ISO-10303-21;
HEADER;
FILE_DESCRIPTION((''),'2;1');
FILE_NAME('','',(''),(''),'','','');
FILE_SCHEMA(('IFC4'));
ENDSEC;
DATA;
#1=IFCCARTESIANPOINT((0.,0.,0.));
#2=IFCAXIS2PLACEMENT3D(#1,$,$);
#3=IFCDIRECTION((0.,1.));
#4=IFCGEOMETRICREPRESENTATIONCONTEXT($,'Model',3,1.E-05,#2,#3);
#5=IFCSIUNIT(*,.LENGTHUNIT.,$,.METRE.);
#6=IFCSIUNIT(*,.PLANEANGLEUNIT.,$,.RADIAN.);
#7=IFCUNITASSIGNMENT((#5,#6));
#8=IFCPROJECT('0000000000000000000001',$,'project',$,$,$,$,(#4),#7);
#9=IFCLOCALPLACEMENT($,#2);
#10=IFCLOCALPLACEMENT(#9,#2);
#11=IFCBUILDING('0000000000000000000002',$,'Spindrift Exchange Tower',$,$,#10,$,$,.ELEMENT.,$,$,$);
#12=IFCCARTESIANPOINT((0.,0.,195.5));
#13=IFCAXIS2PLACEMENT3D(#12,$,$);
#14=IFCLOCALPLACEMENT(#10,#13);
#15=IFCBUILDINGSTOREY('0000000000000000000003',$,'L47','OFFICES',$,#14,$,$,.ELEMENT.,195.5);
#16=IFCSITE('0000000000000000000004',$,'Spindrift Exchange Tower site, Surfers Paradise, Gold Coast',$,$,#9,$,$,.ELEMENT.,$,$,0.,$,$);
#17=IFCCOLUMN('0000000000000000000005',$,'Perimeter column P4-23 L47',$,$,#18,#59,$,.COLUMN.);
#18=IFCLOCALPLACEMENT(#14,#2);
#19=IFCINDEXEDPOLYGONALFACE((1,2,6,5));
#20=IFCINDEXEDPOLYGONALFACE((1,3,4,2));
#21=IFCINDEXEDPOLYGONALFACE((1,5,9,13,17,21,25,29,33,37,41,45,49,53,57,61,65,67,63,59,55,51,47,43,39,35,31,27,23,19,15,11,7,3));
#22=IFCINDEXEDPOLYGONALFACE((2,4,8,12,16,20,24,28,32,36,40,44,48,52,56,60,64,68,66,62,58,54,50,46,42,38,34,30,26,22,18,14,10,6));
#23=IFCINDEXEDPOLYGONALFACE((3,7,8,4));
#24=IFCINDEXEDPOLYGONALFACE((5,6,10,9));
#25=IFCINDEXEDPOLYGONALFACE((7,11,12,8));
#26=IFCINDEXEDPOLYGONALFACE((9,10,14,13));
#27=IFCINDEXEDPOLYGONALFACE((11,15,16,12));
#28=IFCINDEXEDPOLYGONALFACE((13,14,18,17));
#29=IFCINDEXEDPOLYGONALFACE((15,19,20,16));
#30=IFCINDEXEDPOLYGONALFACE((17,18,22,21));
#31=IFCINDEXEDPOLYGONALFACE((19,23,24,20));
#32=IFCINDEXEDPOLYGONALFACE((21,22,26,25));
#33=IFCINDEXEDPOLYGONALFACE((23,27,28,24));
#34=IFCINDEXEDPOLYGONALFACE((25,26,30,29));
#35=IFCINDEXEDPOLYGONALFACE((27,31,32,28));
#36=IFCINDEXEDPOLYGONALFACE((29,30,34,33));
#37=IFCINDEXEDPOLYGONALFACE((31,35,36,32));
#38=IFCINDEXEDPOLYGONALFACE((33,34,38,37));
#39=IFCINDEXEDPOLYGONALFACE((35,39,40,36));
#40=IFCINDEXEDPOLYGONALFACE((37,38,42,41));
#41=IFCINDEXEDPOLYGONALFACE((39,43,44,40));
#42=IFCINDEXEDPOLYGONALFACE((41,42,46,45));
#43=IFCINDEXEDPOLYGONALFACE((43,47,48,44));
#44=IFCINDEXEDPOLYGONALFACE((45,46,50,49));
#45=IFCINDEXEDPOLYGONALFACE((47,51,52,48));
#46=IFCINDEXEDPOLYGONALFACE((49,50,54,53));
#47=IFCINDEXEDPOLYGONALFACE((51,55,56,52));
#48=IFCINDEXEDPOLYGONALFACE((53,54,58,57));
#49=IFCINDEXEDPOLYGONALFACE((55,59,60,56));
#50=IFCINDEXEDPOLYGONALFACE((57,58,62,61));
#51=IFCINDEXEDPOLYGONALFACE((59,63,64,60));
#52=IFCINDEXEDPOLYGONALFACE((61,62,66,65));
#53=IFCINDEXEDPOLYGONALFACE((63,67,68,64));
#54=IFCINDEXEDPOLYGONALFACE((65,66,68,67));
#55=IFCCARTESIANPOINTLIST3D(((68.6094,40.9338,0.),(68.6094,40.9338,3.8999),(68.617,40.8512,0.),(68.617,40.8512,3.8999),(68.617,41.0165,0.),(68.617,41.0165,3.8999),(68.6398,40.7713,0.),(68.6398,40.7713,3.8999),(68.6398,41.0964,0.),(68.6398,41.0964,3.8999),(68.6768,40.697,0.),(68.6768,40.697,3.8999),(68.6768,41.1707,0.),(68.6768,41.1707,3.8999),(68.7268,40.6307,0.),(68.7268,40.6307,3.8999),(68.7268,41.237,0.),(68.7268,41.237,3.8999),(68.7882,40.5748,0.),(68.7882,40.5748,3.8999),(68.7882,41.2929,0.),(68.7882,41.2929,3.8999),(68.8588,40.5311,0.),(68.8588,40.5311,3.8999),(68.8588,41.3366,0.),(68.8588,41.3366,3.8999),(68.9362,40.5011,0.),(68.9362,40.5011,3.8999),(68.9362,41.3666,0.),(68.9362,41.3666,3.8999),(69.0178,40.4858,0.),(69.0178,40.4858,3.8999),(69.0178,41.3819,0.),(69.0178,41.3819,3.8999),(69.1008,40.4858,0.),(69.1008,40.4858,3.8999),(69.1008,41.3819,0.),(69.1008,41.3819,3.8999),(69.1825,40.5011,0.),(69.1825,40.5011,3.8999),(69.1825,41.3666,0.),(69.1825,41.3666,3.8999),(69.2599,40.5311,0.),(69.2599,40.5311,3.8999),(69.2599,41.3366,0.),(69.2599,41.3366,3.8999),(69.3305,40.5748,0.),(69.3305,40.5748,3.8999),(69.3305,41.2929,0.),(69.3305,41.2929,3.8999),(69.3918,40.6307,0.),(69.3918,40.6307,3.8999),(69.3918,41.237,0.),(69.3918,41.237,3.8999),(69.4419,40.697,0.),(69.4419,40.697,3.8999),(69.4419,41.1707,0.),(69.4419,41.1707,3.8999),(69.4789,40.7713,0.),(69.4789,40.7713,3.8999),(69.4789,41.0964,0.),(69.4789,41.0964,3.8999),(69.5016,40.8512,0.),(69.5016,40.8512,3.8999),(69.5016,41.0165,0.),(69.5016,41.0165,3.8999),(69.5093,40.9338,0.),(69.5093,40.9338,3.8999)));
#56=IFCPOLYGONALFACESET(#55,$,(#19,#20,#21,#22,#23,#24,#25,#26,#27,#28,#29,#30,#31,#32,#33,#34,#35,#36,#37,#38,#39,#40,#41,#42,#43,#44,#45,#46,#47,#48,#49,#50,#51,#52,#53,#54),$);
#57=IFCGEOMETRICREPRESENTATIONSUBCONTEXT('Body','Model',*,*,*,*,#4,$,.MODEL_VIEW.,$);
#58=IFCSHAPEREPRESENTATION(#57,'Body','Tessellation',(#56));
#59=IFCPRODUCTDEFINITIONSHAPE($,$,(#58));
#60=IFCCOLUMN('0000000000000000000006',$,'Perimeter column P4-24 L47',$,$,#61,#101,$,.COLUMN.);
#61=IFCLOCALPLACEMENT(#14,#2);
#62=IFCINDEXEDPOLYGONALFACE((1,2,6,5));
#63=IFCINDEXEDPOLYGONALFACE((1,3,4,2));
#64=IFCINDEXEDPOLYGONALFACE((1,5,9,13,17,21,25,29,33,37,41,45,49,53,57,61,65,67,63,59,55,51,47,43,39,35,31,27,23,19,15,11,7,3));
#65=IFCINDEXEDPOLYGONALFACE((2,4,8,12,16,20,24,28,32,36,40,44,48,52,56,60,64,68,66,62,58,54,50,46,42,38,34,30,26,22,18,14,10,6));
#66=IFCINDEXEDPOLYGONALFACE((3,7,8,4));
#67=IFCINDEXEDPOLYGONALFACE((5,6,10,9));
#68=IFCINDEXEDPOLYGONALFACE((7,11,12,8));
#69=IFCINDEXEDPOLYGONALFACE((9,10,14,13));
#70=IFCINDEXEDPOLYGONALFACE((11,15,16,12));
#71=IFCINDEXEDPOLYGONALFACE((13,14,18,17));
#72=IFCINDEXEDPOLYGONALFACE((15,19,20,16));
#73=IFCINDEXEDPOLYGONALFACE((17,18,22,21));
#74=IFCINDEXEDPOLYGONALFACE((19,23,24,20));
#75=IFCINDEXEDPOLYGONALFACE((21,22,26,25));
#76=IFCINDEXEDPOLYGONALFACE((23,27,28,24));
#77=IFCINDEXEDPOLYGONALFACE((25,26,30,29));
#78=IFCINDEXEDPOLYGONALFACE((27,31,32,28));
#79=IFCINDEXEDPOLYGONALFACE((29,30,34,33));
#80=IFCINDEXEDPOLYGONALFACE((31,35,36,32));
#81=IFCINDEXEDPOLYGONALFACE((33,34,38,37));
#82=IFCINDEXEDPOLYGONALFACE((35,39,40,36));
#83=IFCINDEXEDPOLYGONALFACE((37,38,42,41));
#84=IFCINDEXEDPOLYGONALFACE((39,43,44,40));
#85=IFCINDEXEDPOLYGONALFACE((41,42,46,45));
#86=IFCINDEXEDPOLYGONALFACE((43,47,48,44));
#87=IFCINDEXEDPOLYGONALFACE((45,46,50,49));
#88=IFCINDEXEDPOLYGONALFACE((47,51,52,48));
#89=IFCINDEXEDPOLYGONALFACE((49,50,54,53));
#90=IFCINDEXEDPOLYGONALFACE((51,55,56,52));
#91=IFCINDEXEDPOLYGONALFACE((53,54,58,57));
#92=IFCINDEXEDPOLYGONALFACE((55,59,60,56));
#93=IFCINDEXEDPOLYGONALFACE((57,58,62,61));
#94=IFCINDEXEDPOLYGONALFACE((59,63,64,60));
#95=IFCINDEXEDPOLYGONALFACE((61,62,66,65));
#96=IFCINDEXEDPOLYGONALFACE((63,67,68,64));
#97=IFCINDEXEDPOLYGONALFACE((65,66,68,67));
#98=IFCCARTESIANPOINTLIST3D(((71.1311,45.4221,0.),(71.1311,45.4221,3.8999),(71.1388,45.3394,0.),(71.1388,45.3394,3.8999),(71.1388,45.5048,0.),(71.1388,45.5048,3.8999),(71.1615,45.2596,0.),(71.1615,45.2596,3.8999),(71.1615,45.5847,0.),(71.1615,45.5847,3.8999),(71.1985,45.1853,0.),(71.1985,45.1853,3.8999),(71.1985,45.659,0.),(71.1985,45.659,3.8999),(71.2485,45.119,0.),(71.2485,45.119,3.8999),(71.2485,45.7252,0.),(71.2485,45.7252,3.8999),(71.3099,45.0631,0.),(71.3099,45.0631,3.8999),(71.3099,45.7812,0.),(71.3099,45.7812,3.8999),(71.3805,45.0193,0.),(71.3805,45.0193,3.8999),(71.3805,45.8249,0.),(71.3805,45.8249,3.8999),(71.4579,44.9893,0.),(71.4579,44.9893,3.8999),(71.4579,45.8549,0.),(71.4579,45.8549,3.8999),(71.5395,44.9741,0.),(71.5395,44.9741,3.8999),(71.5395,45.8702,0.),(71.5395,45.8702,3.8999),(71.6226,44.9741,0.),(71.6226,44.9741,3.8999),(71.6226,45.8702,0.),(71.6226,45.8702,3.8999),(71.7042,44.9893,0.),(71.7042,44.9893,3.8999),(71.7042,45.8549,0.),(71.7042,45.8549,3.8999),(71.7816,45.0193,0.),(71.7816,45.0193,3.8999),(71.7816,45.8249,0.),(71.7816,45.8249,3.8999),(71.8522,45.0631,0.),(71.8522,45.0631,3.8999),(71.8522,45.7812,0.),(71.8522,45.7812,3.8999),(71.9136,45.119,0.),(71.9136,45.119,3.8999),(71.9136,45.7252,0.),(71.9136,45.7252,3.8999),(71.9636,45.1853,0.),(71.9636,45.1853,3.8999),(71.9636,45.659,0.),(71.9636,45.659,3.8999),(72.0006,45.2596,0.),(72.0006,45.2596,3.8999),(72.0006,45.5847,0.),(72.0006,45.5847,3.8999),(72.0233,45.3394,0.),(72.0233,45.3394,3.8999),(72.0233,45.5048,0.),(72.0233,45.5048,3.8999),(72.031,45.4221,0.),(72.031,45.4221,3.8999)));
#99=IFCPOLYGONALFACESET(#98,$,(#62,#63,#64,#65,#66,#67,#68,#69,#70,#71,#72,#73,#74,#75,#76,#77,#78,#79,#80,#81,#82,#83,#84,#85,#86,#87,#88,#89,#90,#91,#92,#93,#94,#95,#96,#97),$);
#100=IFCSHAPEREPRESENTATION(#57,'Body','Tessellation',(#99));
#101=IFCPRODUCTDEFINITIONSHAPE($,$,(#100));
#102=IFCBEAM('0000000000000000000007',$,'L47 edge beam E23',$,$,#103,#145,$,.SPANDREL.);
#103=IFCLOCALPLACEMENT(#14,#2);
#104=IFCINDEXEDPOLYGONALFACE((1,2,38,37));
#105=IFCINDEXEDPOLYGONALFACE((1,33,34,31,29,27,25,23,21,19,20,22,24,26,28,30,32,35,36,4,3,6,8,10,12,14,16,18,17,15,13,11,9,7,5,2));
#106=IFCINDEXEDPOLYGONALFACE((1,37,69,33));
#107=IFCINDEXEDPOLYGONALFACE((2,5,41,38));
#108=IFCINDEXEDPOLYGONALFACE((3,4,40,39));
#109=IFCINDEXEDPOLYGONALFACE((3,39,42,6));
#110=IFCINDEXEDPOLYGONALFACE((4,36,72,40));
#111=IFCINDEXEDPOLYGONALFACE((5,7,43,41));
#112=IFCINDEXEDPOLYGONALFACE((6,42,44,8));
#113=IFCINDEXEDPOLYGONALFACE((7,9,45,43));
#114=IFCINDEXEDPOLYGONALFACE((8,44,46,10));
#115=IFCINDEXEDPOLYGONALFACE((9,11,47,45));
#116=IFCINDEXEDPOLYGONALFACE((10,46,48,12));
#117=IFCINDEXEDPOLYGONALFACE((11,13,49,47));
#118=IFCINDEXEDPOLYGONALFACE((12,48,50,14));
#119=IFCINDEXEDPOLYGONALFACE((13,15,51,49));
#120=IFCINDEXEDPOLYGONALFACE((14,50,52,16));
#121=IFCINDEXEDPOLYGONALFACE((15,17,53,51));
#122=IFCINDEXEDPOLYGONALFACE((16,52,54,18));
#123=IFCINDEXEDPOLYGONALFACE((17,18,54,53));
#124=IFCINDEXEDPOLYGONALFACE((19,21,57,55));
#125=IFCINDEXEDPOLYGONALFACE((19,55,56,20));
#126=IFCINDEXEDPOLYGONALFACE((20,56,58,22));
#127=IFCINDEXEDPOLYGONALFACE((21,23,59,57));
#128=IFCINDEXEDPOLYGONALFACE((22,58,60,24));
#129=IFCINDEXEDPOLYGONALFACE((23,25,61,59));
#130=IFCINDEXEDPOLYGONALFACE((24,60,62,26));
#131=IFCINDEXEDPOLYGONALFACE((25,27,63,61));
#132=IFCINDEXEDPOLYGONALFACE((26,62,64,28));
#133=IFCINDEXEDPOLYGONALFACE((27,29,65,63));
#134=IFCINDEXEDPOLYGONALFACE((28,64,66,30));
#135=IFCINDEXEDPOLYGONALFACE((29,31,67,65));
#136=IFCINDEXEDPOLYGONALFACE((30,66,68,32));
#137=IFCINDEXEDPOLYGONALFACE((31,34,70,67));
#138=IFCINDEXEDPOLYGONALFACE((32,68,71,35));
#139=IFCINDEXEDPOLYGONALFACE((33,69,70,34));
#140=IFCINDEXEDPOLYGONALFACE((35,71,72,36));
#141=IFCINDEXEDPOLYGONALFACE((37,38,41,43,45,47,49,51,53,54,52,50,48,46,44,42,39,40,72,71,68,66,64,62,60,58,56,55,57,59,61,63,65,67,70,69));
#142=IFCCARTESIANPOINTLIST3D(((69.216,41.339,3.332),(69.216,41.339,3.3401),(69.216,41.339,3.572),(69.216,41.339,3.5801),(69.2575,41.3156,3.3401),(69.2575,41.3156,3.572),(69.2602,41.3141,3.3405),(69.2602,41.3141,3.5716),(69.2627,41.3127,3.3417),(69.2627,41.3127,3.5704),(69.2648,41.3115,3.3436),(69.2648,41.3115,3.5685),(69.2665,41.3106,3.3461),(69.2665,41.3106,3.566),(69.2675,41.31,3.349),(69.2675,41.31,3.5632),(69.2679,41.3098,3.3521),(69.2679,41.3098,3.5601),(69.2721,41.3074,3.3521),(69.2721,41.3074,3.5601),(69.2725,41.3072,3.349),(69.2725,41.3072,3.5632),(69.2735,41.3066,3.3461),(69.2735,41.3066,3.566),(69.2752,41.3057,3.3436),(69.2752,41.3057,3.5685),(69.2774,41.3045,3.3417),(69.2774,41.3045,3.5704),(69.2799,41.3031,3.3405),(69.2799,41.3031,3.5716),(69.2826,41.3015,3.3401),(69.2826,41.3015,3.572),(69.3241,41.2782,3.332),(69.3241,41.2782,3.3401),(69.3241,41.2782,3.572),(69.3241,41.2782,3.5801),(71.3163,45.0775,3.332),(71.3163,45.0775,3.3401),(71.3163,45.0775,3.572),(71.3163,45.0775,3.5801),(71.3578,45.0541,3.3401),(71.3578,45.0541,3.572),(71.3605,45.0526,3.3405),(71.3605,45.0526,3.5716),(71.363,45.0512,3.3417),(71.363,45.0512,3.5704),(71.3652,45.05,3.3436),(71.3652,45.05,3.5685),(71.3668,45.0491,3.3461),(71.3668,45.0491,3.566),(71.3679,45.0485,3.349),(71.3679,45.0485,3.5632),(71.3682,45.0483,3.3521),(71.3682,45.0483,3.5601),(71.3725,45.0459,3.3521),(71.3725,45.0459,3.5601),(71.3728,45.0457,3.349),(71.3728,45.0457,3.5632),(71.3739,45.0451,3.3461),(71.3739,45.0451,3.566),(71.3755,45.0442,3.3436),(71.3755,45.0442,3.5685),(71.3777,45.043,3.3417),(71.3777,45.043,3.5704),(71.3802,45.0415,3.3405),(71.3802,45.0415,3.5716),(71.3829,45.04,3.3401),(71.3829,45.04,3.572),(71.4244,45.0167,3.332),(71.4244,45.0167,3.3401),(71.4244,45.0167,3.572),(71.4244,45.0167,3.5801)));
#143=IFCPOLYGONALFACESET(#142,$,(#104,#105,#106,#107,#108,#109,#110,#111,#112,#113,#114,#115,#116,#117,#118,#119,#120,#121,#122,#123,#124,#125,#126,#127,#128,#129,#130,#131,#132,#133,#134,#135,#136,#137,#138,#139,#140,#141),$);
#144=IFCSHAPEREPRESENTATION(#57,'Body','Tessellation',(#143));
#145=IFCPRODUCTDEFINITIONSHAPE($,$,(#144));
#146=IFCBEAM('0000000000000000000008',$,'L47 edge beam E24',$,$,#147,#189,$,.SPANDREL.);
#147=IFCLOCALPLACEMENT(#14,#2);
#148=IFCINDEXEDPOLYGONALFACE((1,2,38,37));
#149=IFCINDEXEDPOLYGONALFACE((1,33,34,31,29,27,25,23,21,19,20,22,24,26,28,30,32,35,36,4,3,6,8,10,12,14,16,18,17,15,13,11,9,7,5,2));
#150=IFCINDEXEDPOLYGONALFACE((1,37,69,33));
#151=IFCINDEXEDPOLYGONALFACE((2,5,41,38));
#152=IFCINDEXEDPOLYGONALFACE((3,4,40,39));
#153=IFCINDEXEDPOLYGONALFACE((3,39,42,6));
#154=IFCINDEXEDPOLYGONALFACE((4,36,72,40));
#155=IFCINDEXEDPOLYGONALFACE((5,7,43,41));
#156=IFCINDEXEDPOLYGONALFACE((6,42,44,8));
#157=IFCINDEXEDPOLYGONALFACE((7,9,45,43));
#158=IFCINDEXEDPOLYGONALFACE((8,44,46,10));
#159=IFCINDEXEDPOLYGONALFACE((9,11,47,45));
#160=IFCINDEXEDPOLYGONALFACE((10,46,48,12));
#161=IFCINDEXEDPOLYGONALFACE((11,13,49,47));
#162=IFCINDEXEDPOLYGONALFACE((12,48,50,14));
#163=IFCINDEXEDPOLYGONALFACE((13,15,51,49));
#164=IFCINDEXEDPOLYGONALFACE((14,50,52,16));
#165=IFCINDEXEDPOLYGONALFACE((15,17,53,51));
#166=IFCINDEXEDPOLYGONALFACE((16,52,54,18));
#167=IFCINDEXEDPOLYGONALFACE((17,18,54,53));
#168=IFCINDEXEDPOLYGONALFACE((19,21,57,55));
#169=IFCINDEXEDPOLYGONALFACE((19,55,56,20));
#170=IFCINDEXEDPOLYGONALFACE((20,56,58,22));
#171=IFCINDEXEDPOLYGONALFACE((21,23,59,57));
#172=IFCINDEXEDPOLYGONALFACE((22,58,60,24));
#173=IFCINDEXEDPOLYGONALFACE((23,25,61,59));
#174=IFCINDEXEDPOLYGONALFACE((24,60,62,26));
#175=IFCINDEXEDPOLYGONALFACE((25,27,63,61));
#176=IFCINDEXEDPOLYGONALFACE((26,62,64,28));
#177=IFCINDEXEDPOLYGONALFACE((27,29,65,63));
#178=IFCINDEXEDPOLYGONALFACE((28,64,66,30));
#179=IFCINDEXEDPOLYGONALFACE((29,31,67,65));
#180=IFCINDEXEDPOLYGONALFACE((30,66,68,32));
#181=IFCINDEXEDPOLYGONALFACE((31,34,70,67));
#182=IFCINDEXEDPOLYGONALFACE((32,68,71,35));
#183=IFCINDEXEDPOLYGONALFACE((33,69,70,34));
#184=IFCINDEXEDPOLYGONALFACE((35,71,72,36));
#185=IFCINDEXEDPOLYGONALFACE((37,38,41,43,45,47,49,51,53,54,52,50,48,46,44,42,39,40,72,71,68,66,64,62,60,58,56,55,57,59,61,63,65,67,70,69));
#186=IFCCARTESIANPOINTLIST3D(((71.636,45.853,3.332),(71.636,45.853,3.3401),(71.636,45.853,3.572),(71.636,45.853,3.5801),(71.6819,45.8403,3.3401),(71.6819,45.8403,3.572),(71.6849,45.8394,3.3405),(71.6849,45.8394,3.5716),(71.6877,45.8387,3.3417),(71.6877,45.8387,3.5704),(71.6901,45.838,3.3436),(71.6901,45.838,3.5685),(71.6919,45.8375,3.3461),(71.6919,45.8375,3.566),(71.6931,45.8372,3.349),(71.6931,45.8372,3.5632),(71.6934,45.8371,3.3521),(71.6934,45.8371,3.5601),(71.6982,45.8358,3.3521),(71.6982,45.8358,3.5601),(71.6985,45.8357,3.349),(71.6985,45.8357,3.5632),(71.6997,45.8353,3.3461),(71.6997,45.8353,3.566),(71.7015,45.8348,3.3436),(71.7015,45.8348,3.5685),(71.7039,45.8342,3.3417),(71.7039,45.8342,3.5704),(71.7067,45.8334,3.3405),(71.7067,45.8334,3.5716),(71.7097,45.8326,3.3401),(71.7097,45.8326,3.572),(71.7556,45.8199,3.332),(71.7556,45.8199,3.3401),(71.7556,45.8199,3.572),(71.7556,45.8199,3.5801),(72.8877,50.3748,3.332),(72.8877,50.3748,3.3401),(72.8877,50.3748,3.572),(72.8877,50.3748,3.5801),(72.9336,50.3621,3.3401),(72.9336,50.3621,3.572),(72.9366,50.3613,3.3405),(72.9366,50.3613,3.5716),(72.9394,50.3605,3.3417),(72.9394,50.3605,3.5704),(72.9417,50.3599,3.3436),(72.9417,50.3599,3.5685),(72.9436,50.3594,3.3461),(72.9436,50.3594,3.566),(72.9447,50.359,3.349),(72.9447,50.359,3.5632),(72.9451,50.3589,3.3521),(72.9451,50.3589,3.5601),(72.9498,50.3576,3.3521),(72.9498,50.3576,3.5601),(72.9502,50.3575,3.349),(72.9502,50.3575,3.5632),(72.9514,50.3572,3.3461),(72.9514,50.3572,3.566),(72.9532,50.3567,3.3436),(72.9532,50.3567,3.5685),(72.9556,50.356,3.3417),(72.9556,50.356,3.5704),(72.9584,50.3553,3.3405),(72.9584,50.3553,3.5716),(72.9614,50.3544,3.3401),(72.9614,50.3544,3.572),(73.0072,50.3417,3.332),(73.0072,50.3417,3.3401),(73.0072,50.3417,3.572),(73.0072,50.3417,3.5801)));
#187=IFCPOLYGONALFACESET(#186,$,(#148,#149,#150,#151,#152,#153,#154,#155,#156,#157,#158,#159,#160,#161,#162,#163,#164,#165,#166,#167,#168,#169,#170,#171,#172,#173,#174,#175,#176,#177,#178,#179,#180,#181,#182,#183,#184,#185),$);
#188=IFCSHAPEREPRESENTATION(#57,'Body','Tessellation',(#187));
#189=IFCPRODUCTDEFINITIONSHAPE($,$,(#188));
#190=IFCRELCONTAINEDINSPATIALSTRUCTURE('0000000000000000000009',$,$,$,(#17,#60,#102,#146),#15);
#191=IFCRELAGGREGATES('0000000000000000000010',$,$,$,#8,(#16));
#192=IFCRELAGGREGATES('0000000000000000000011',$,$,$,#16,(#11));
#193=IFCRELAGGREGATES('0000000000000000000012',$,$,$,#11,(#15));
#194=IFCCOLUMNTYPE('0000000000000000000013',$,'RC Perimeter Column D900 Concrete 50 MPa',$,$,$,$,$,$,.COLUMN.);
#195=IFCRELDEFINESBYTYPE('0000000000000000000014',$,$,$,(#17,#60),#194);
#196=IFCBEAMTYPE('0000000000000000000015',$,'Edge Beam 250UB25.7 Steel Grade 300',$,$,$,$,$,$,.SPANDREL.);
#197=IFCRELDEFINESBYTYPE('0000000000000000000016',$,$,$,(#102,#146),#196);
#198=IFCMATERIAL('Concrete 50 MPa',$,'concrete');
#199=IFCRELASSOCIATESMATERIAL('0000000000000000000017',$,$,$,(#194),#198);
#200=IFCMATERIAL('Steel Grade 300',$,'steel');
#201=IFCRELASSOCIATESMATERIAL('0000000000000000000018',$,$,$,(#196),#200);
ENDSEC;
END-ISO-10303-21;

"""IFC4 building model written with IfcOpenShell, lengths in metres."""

from ifc_helpers import new_model, si_unit, direction, frame, origin, origin_2d, place, context, subcontext, project, spatial, circle, i_section, extrude, source, transform, mapped, material, material_profile, profile_set, type_object, element, save


model = new_model("IFC4")

# Units and contexts
model_context = context("Model", 3, precision=1e-05, world=origin(), true_north=direction((0.0, 1.0)))
body_context = subcontext(model_context, "Body", "Model", "MODEL_VIEW")
ifc_project = project(units=[si_unit("LENGTHUNIT", "METRE"), si_unit("PLANEANGLEUNIT", "RADIAN")], contexts=[model_context])

# Site, building, storey
site_placement = place(None, origin())
site = spatial("IfcSite", under=ifc_project, at=site_placement, Name="Spindrift Exchange Tower site, Surfers Paradise, Gold Coast", CompositionType="ELEMENT", RefElevation=0.0)
building_placement = place(site_placement, origin())
building = spatial("IfcBuilding", under=site, at=building_placement, Name="Spindrift Exchange Tower", CompositionType="ELEMENT")
storey_placement = place(building_placement, frame((0.0, 0.0, 195.5)))
storey = spatial("IfcBuildingStorey", under=building, at=storey_placement, Name="L47", Description="OFFICES", CompositionType="ELEMENT", Elevation=195.5)

# Columns
ifc_material_1 = material(Name="Concrete 50 MPa", Category="concrete")
ifc_material_profile_1 = material_profile(ifc_material_1, circle(Radius=0.45, at=origin_2d()), Name="RC D900")
ifc_profile_set_1 = profile_set([ifc_material_profile_1], Name="Concrete 50 MPa")
column_type = type_object("IfcColumnType", Name="RC Perimeter Column D900 Concrete 50 MPa", PredefinedType="COLUMN", material=ifc_profile_set_1)
shared_shape_1 = source(origin(), body_context, "Body", "SweptSolid", [
    extrude(circle(Radius=0.45, at=origin_2d()), origin(), (0.0, 0.0, 1.0), 3.8999),
])
for number, where, z_axis, x_axis, name in (
    (1, (69.0593, 40.9338, 0.0), (0.0, 0.0, 1.0), (1.0, 0.0, 0.0), "Perimeter column P4-23 L47"),
    (2, (71.5811, 45.4221, 0.0), (0.0, 0.0, 1.0), (1.0, 0.0, 0.0), "Perimeter column P4-24 L47"),
):
    element("IfcColumn", number, at=place(storey_placement, frame(where, z_axis=z_axis, x_axis=x_axis)), inside=storey, type_object=column_type, Name=name, PredefinedType="COLUMN", context=body_context, shape_type="MappedRepresentation", body=[
        mapped(shared_shape_1, transform((0.0, 0.0, 0.0), scale=1.0)),
    ])

# Beams
ifc_material_2 = material(Name="Steel Grade 300", Category="steel")
ifc_material_profile_2 = material_profile(ifc_material_2, i_section(OverallWidth=0.124, OverallDepth=0.248, WebThickness=0.0049, FlangeThickness=0.0081, FilletRadius=0.012, at=origin_2d()), Name="250UB25.7")
ifc_profile_set_2 = profile_set([ifc_material_profile_2], Name="Steel Grade 300")
beam_type_1 = type_object("IfcBeamType", Name="Edge Beam 250UB25.7 Steel Grade 300", PredefinedType="SPANDREL", material=ifc_profile_set_2)
shared_shape_2 = source(origin(), body_context, "Body", "SweptSolid", [
    extrude(i_section(OverallWidth=0.124, OverallDepth=0.248, WebThickness=0.0049, FlangeThickness=0.0081, FilletRadius=0.012, at=origin_2d()), origin(), (0.0, 0.0, 1.0), 4.2881),
])
beam_1_placement = place(storey_placement, frame((69.27, 41.3086, 3.4561), z_axis=(0.489804, 0.871832, 0.0), x_axis=(-0.871832, 0.489804, 0.0)))
element("IfcBeam", 3, at=beam_1_placement, inside=storey, type_object=beam_type_1, Name="L47 edge beam E23", PredefinedType="SPANDREL", context=body_context, shape_type="MappedRepresentation", body=[
    mapped(shared_shape_2, transform((0.0, 0.0, 0.0), scale=1.0)),
])
shared_shape_3 = source(origin(), body_context, "Body", "SweptSolid", [
    extrude(i_section(OverallWidth=0.124, OverallDepth=0.248, WebThickness=0.0049, FlangeThickness=0.0081, FilletRadius=0.012, at=origin_2d()), origin(), (0.0, 0.0, 1.0), 4.6919),
])
beam_2_placement = place(storey_placement, frame((71.6958, 45.8364, 3.4561), z_axis=(0.266774, 0.963759, 0.0), x_axis=(-0.963759, 0.266774, 0.0)))
element("IfcBeam", 4, at=beam_2_placement, inside=storey, type_object=beam_type_1, Name="L47 edge beam E24", PredefinedType="SPANDREL", context=body_context, shape_type="MappedRepresentation", body=[
    mapped(shared_shape_3, transform((0.0, 0.0, 0.0), scale=1.0)),
])

save(model, "model.ifc")
